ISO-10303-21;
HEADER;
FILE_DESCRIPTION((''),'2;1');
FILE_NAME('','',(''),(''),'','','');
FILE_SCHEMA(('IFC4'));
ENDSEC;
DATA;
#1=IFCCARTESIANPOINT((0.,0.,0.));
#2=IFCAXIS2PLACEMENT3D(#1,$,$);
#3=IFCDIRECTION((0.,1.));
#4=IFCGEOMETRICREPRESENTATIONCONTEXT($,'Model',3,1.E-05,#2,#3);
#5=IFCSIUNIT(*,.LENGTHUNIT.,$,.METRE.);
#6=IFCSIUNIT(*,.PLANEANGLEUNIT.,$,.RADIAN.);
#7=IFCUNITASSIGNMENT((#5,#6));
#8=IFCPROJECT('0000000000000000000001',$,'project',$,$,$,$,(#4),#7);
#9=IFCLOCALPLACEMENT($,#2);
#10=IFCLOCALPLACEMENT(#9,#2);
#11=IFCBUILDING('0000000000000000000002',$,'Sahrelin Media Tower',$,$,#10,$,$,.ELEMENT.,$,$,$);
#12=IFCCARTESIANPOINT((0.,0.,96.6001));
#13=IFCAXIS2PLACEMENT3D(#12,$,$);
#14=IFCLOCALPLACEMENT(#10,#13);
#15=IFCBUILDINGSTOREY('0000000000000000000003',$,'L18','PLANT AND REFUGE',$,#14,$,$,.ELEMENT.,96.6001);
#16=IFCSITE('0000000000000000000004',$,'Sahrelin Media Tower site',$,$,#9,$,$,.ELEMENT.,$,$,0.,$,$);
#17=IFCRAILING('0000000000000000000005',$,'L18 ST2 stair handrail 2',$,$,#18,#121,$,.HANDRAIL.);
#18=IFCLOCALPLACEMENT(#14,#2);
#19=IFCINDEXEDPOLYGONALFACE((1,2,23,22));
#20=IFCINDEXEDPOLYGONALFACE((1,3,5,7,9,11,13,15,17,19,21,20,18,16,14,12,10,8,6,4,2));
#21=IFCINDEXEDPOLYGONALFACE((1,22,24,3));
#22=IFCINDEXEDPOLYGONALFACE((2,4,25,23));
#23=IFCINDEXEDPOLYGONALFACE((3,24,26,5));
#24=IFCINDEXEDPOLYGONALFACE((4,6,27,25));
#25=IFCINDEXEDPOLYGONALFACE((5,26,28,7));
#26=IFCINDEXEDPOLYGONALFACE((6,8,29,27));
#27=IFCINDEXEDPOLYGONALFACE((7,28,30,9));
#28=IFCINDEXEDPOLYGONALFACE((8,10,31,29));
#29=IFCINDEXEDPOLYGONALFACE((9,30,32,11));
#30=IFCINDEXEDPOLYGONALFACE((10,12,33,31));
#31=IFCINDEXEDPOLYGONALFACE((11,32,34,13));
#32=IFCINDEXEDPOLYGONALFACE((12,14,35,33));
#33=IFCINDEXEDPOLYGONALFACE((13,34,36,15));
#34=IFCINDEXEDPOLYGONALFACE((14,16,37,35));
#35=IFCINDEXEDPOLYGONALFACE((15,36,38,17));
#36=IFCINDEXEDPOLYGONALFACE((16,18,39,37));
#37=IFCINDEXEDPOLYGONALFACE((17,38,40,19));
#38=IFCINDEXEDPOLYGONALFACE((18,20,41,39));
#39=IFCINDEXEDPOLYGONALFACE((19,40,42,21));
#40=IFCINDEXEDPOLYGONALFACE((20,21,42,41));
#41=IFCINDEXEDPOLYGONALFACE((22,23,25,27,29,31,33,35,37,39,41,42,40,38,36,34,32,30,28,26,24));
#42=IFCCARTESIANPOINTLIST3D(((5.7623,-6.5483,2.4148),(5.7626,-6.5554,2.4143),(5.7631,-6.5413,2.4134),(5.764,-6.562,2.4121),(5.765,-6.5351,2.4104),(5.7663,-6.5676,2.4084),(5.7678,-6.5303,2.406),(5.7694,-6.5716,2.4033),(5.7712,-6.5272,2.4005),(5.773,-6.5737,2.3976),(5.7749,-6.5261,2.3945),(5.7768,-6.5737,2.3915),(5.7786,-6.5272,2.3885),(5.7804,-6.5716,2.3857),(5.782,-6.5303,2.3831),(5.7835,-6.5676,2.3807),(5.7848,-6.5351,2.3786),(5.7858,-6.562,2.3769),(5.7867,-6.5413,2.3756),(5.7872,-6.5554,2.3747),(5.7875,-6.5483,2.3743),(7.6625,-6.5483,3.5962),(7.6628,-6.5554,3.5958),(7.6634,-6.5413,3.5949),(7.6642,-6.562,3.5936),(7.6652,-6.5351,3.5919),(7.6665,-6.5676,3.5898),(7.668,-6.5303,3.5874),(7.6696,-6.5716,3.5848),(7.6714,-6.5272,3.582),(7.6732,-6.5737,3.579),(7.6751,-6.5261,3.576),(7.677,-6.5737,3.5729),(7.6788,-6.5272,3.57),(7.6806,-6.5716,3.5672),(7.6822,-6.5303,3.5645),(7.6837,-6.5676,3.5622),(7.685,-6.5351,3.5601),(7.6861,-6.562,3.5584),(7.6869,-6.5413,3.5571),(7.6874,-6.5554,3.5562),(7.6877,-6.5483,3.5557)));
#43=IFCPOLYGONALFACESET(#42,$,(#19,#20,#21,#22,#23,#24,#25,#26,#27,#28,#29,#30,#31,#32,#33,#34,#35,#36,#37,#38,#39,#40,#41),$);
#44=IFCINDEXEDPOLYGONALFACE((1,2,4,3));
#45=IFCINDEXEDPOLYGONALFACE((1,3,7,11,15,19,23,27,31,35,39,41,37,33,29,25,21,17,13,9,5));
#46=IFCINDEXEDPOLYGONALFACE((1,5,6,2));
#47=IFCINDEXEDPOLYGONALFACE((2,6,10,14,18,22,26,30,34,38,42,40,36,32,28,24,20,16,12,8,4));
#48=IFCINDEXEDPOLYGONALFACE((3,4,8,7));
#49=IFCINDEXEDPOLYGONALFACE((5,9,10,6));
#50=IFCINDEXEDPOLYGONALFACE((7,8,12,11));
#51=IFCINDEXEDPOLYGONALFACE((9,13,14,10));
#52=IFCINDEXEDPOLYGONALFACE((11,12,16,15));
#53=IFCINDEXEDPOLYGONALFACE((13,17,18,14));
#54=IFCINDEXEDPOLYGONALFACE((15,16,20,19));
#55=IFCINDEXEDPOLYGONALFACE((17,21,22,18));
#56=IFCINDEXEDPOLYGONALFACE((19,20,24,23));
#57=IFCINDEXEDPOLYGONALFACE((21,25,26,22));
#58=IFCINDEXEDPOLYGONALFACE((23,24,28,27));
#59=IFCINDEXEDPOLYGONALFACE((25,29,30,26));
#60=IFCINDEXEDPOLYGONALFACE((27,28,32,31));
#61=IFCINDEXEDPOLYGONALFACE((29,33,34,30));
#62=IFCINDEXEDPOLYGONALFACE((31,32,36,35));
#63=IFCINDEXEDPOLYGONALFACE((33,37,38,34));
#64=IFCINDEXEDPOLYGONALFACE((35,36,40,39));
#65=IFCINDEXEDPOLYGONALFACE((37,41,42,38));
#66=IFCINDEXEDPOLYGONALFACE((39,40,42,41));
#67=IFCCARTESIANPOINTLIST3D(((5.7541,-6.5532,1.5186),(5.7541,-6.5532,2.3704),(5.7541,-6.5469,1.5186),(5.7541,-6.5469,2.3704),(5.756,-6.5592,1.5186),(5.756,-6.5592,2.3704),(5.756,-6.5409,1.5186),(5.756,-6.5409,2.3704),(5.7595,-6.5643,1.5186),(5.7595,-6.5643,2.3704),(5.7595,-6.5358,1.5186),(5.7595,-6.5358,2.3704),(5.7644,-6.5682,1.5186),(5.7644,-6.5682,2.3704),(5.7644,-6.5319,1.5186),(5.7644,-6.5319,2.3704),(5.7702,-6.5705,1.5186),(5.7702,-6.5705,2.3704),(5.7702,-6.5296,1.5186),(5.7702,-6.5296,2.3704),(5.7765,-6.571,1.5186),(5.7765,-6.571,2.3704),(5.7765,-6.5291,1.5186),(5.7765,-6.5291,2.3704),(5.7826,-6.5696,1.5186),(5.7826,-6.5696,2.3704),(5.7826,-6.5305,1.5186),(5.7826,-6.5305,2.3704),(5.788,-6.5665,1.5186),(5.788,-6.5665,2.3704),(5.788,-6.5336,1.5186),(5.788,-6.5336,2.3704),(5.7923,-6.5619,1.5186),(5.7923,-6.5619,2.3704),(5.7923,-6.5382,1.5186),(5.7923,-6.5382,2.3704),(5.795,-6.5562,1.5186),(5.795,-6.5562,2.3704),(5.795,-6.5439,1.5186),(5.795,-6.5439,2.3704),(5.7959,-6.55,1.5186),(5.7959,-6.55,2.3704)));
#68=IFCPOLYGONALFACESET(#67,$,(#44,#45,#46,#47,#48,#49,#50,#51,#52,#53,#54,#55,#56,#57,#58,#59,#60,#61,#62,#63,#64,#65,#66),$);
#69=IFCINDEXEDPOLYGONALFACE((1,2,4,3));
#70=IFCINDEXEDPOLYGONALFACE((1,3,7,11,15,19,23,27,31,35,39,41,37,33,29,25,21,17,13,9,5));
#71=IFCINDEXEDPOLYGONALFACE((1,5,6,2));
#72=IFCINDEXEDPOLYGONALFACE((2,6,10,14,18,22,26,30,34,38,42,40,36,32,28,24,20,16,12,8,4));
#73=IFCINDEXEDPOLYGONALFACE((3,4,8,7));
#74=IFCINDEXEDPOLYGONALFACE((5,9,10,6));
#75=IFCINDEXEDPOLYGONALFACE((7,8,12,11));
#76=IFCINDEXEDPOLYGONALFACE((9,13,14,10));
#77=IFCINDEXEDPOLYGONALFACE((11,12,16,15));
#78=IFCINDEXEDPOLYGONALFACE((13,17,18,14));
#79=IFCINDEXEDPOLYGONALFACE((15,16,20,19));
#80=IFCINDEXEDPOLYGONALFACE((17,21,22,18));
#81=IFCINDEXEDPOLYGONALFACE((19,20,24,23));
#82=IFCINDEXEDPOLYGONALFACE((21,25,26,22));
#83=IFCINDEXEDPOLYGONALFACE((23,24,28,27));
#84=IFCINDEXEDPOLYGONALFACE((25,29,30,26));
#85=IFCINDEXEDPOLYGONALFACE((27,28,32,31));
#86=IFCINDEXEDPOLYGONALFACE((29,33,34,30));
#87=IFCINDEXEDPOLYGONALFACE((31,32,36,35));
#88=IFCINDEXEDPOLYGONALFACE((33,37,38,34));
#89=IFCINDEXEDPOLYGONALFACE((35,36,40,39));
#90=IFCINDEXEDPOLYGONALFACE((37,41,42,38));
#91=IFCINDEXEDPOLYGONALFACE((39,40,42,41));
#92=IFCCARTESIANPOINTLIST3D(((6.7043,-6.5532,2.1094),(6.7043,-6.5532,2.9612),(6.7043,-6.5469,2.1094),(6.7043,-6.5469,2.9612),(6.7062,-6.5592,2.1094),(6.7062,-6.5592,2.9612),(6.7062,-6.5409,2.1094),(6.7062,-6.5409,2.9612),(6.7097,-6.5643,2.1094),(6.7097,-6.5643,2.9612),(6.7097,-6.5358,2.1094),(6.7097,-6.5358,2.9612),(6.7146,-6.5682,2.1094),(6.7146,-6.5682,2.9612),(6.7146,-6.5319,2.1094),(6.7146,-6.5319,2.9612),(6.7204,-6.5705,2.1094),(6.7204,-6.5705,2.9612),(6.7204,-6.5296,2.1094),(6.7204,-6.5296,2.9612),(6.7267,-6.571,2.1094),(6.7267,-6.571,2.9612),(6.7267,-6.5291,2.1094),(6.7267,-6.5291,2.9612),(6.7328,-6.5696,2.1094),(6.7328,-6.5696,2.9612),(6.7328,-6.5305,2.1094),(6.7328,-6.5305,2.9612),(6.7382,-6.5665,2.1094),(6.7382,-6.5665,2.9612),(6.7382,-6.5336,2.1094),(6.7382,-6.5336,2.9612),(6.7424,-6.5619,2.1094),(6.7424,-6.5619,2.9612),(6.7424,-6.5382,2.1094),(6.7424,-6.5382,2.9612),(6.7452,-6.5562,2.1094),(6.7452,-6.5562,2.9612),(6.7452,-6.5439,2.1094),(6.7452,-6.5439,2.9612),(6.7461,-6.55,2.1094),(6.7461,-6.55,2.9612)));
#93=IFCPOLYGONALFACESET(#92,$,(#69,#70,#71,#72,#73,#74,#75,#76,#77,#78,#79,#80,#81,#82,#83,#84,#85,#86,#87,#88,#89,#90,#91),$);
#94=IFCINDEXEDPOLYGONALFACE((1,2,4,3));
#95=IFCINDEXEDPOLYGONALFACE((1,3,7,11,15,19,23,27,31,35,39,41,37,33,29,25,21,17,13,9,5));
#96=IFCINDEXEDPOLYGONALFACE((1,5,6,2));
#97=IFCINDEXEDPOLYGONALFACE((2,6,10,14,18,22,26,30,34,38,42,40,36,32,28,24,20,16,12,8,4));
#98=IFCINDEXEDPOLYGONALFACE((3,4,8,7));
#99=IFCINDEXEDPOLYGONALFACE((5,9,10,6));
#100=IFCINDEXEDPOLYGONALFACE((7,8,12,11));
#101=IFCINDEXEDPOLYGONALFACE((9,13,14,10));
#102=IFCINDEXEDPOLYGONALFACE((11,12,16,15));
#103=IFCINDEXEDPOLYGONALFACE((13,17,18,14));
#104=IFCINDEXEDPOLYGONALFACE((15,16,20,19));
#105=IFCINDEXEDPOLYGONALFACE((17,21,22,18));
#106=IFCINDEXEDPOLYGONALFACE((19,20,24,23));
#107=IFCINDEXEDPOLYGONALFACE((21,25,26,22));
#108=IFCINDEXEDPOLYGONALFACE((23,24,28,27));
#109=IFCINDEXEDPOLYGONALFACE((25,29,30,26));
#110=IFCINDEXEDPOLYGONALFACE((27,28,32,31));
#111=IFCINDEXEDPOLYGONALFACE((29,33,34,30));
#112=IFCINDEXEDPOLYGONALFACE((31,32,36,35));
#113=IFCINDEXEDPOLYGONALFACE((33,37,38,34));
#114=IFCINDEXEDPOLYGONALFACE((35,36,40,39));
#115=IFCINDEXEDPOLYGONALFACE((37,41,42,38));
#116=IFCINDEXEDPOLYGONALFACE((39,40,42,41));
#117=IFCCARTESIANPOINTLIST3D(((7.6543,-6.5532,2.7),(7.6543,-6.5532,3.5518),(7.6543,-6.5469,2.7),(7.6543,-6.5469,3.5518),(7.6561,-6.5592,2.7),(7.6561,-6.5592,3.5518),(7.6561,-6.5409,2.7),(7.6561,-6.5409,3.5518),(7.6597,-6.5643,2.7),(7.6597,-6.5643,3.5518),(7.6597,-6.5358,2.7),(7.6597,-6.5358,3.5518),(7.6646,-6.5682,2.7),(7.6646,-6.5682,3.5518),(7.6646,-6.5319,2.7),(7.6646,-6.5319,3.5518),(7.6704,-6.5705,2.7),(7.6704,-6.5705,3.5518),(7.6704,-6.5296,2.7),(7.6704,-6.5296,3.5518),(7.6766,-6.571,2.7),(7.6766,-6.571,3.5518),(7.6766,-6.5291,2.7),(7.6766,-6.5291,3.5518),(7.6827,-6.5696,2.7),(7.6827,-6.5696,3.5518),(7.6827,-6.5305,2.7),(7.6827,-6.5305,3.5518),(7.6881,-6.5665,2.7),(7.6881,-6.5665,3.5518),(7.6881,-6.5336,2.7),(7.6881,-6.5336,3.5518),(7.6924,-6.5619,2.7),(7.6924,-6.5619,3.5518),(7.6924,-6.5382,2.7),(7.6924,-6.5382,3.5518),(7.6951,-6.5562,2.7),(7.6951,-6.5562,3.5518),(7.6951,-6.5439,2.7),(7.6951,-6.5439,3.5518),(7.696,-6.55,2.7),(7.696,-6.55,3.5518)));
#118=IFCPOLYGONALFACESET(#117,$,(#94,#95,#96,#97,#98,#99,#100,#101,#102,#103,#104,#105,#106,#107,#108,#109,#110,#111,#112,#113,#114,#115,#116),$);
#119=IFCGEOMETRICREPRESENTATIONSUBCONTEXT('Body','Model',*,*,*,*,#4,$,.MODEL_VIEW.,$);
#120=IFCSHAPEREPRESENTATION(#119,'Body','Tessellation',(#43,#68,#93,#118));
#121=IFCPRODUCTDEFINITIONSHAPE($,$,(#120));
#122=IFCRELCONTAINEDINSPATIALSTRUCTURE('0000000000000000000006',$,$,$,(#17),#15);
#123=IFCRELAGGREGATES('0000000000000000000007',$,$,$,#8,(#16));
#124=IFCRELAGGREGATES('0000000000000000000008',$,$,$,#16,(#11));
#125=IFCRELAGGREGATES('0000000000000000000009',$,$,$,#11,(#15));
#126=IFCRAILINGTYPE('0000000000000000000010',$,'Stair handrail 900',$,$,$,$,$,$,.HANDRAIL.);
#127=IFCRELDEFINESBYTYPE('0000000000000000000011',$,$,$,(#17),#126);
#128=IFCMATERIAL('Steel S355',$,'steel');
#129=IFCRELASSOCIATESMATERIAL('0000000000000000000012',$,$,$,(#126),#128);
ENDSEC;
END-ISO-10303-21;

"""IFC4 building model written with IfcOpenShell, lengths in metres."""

from ifc_helpers import new_model, si_unit, direction, frame, origin, origin_2d, place, context, subcontext, project, spatial, circle, extrude, material, type_object, element, save


model = new_model("IFC4")

# Units and contexts
model_context = context("Model", 3, precision=1e-05, world=origin(), true_north=direction((0.0, 1.0)))
body_context = subcontext(model_context, "Body", "Model", "MODEL_VIEW")
ifc_project = project(units=[si_unit("LENGTHUNIT", "METRE"), si_unit("PLANEANGLEUNIT", "RADIAN")], contexts=[model_context])

# Site, building, storey
site_placement = place(None, origin())
site = spatial("IfcSite", under=ifc_project, at=site_placement, Name="Sahrelin Media Tower site", CompositionType="ELEMENT", RefElevation=0.0)
building_placement = place(site_placement, origin())
building = spatial("IfcBuilding", under=site, at=building_placement, Name="Sahrelin Media Tower", CompositionType="ELEMENT")
storey_placement = place(building_placement, frame((0.0, 0.0, 96.6001)))
storey = spatial("IfcBuildingStorey", under=building, at=storey_placement, Name="L18", Description="PLANT AND REFUGE", CompositionType="ELEMENT", Elevation=96.6001)

# Shared definitions
ifc_material_1 = material(Name="Steel S355", Category="steel")

# Railing
railing_type_1 = type_object("IfcRailingType", Name="Stair handrail 900", PredefinedType="HANDRAIL", material=ifc_material_1)
railing_1_placement = place(storey_placement, frame((5.7749, -6.55, 1.5186)))
element("IfcRailing", 1, at=railing_1_placement, inside=storey, type_object=railing_type_1, Name="L18 ST2 stair handrail 2", PredefinedType="HANDRAIL", context=body_context, shape_type="SweptSolid", body=[
    extrude(circle(Radius=0.0239, at=origin_2d()), frame((0.0, 0.0, 0.876), z_axis=(0.84924, 0.0, 0.528006), x_axis=(0.0, 1.0, 0.0)), (0.0, 0.0, 1.0), 2.2375),
    extrude(circle(Radius=0.021, at=origin_2d()), origin(), (0.0, 0.0, 1.0), 0.8518),
    extrude(circle(Radius=0.021, at=origin_2d()), frame((0.9502, 0.0, 0.5908)), (0.0, 0.0, 1.0), 0.8518),
    extrude(circle(Radius=0.021, at=origin_2d()), frame((1.9001, 0.0, 1.1814)), (0.0, 0.0, 1.0), 0.8518),
])

save(model, "model.ifc")
